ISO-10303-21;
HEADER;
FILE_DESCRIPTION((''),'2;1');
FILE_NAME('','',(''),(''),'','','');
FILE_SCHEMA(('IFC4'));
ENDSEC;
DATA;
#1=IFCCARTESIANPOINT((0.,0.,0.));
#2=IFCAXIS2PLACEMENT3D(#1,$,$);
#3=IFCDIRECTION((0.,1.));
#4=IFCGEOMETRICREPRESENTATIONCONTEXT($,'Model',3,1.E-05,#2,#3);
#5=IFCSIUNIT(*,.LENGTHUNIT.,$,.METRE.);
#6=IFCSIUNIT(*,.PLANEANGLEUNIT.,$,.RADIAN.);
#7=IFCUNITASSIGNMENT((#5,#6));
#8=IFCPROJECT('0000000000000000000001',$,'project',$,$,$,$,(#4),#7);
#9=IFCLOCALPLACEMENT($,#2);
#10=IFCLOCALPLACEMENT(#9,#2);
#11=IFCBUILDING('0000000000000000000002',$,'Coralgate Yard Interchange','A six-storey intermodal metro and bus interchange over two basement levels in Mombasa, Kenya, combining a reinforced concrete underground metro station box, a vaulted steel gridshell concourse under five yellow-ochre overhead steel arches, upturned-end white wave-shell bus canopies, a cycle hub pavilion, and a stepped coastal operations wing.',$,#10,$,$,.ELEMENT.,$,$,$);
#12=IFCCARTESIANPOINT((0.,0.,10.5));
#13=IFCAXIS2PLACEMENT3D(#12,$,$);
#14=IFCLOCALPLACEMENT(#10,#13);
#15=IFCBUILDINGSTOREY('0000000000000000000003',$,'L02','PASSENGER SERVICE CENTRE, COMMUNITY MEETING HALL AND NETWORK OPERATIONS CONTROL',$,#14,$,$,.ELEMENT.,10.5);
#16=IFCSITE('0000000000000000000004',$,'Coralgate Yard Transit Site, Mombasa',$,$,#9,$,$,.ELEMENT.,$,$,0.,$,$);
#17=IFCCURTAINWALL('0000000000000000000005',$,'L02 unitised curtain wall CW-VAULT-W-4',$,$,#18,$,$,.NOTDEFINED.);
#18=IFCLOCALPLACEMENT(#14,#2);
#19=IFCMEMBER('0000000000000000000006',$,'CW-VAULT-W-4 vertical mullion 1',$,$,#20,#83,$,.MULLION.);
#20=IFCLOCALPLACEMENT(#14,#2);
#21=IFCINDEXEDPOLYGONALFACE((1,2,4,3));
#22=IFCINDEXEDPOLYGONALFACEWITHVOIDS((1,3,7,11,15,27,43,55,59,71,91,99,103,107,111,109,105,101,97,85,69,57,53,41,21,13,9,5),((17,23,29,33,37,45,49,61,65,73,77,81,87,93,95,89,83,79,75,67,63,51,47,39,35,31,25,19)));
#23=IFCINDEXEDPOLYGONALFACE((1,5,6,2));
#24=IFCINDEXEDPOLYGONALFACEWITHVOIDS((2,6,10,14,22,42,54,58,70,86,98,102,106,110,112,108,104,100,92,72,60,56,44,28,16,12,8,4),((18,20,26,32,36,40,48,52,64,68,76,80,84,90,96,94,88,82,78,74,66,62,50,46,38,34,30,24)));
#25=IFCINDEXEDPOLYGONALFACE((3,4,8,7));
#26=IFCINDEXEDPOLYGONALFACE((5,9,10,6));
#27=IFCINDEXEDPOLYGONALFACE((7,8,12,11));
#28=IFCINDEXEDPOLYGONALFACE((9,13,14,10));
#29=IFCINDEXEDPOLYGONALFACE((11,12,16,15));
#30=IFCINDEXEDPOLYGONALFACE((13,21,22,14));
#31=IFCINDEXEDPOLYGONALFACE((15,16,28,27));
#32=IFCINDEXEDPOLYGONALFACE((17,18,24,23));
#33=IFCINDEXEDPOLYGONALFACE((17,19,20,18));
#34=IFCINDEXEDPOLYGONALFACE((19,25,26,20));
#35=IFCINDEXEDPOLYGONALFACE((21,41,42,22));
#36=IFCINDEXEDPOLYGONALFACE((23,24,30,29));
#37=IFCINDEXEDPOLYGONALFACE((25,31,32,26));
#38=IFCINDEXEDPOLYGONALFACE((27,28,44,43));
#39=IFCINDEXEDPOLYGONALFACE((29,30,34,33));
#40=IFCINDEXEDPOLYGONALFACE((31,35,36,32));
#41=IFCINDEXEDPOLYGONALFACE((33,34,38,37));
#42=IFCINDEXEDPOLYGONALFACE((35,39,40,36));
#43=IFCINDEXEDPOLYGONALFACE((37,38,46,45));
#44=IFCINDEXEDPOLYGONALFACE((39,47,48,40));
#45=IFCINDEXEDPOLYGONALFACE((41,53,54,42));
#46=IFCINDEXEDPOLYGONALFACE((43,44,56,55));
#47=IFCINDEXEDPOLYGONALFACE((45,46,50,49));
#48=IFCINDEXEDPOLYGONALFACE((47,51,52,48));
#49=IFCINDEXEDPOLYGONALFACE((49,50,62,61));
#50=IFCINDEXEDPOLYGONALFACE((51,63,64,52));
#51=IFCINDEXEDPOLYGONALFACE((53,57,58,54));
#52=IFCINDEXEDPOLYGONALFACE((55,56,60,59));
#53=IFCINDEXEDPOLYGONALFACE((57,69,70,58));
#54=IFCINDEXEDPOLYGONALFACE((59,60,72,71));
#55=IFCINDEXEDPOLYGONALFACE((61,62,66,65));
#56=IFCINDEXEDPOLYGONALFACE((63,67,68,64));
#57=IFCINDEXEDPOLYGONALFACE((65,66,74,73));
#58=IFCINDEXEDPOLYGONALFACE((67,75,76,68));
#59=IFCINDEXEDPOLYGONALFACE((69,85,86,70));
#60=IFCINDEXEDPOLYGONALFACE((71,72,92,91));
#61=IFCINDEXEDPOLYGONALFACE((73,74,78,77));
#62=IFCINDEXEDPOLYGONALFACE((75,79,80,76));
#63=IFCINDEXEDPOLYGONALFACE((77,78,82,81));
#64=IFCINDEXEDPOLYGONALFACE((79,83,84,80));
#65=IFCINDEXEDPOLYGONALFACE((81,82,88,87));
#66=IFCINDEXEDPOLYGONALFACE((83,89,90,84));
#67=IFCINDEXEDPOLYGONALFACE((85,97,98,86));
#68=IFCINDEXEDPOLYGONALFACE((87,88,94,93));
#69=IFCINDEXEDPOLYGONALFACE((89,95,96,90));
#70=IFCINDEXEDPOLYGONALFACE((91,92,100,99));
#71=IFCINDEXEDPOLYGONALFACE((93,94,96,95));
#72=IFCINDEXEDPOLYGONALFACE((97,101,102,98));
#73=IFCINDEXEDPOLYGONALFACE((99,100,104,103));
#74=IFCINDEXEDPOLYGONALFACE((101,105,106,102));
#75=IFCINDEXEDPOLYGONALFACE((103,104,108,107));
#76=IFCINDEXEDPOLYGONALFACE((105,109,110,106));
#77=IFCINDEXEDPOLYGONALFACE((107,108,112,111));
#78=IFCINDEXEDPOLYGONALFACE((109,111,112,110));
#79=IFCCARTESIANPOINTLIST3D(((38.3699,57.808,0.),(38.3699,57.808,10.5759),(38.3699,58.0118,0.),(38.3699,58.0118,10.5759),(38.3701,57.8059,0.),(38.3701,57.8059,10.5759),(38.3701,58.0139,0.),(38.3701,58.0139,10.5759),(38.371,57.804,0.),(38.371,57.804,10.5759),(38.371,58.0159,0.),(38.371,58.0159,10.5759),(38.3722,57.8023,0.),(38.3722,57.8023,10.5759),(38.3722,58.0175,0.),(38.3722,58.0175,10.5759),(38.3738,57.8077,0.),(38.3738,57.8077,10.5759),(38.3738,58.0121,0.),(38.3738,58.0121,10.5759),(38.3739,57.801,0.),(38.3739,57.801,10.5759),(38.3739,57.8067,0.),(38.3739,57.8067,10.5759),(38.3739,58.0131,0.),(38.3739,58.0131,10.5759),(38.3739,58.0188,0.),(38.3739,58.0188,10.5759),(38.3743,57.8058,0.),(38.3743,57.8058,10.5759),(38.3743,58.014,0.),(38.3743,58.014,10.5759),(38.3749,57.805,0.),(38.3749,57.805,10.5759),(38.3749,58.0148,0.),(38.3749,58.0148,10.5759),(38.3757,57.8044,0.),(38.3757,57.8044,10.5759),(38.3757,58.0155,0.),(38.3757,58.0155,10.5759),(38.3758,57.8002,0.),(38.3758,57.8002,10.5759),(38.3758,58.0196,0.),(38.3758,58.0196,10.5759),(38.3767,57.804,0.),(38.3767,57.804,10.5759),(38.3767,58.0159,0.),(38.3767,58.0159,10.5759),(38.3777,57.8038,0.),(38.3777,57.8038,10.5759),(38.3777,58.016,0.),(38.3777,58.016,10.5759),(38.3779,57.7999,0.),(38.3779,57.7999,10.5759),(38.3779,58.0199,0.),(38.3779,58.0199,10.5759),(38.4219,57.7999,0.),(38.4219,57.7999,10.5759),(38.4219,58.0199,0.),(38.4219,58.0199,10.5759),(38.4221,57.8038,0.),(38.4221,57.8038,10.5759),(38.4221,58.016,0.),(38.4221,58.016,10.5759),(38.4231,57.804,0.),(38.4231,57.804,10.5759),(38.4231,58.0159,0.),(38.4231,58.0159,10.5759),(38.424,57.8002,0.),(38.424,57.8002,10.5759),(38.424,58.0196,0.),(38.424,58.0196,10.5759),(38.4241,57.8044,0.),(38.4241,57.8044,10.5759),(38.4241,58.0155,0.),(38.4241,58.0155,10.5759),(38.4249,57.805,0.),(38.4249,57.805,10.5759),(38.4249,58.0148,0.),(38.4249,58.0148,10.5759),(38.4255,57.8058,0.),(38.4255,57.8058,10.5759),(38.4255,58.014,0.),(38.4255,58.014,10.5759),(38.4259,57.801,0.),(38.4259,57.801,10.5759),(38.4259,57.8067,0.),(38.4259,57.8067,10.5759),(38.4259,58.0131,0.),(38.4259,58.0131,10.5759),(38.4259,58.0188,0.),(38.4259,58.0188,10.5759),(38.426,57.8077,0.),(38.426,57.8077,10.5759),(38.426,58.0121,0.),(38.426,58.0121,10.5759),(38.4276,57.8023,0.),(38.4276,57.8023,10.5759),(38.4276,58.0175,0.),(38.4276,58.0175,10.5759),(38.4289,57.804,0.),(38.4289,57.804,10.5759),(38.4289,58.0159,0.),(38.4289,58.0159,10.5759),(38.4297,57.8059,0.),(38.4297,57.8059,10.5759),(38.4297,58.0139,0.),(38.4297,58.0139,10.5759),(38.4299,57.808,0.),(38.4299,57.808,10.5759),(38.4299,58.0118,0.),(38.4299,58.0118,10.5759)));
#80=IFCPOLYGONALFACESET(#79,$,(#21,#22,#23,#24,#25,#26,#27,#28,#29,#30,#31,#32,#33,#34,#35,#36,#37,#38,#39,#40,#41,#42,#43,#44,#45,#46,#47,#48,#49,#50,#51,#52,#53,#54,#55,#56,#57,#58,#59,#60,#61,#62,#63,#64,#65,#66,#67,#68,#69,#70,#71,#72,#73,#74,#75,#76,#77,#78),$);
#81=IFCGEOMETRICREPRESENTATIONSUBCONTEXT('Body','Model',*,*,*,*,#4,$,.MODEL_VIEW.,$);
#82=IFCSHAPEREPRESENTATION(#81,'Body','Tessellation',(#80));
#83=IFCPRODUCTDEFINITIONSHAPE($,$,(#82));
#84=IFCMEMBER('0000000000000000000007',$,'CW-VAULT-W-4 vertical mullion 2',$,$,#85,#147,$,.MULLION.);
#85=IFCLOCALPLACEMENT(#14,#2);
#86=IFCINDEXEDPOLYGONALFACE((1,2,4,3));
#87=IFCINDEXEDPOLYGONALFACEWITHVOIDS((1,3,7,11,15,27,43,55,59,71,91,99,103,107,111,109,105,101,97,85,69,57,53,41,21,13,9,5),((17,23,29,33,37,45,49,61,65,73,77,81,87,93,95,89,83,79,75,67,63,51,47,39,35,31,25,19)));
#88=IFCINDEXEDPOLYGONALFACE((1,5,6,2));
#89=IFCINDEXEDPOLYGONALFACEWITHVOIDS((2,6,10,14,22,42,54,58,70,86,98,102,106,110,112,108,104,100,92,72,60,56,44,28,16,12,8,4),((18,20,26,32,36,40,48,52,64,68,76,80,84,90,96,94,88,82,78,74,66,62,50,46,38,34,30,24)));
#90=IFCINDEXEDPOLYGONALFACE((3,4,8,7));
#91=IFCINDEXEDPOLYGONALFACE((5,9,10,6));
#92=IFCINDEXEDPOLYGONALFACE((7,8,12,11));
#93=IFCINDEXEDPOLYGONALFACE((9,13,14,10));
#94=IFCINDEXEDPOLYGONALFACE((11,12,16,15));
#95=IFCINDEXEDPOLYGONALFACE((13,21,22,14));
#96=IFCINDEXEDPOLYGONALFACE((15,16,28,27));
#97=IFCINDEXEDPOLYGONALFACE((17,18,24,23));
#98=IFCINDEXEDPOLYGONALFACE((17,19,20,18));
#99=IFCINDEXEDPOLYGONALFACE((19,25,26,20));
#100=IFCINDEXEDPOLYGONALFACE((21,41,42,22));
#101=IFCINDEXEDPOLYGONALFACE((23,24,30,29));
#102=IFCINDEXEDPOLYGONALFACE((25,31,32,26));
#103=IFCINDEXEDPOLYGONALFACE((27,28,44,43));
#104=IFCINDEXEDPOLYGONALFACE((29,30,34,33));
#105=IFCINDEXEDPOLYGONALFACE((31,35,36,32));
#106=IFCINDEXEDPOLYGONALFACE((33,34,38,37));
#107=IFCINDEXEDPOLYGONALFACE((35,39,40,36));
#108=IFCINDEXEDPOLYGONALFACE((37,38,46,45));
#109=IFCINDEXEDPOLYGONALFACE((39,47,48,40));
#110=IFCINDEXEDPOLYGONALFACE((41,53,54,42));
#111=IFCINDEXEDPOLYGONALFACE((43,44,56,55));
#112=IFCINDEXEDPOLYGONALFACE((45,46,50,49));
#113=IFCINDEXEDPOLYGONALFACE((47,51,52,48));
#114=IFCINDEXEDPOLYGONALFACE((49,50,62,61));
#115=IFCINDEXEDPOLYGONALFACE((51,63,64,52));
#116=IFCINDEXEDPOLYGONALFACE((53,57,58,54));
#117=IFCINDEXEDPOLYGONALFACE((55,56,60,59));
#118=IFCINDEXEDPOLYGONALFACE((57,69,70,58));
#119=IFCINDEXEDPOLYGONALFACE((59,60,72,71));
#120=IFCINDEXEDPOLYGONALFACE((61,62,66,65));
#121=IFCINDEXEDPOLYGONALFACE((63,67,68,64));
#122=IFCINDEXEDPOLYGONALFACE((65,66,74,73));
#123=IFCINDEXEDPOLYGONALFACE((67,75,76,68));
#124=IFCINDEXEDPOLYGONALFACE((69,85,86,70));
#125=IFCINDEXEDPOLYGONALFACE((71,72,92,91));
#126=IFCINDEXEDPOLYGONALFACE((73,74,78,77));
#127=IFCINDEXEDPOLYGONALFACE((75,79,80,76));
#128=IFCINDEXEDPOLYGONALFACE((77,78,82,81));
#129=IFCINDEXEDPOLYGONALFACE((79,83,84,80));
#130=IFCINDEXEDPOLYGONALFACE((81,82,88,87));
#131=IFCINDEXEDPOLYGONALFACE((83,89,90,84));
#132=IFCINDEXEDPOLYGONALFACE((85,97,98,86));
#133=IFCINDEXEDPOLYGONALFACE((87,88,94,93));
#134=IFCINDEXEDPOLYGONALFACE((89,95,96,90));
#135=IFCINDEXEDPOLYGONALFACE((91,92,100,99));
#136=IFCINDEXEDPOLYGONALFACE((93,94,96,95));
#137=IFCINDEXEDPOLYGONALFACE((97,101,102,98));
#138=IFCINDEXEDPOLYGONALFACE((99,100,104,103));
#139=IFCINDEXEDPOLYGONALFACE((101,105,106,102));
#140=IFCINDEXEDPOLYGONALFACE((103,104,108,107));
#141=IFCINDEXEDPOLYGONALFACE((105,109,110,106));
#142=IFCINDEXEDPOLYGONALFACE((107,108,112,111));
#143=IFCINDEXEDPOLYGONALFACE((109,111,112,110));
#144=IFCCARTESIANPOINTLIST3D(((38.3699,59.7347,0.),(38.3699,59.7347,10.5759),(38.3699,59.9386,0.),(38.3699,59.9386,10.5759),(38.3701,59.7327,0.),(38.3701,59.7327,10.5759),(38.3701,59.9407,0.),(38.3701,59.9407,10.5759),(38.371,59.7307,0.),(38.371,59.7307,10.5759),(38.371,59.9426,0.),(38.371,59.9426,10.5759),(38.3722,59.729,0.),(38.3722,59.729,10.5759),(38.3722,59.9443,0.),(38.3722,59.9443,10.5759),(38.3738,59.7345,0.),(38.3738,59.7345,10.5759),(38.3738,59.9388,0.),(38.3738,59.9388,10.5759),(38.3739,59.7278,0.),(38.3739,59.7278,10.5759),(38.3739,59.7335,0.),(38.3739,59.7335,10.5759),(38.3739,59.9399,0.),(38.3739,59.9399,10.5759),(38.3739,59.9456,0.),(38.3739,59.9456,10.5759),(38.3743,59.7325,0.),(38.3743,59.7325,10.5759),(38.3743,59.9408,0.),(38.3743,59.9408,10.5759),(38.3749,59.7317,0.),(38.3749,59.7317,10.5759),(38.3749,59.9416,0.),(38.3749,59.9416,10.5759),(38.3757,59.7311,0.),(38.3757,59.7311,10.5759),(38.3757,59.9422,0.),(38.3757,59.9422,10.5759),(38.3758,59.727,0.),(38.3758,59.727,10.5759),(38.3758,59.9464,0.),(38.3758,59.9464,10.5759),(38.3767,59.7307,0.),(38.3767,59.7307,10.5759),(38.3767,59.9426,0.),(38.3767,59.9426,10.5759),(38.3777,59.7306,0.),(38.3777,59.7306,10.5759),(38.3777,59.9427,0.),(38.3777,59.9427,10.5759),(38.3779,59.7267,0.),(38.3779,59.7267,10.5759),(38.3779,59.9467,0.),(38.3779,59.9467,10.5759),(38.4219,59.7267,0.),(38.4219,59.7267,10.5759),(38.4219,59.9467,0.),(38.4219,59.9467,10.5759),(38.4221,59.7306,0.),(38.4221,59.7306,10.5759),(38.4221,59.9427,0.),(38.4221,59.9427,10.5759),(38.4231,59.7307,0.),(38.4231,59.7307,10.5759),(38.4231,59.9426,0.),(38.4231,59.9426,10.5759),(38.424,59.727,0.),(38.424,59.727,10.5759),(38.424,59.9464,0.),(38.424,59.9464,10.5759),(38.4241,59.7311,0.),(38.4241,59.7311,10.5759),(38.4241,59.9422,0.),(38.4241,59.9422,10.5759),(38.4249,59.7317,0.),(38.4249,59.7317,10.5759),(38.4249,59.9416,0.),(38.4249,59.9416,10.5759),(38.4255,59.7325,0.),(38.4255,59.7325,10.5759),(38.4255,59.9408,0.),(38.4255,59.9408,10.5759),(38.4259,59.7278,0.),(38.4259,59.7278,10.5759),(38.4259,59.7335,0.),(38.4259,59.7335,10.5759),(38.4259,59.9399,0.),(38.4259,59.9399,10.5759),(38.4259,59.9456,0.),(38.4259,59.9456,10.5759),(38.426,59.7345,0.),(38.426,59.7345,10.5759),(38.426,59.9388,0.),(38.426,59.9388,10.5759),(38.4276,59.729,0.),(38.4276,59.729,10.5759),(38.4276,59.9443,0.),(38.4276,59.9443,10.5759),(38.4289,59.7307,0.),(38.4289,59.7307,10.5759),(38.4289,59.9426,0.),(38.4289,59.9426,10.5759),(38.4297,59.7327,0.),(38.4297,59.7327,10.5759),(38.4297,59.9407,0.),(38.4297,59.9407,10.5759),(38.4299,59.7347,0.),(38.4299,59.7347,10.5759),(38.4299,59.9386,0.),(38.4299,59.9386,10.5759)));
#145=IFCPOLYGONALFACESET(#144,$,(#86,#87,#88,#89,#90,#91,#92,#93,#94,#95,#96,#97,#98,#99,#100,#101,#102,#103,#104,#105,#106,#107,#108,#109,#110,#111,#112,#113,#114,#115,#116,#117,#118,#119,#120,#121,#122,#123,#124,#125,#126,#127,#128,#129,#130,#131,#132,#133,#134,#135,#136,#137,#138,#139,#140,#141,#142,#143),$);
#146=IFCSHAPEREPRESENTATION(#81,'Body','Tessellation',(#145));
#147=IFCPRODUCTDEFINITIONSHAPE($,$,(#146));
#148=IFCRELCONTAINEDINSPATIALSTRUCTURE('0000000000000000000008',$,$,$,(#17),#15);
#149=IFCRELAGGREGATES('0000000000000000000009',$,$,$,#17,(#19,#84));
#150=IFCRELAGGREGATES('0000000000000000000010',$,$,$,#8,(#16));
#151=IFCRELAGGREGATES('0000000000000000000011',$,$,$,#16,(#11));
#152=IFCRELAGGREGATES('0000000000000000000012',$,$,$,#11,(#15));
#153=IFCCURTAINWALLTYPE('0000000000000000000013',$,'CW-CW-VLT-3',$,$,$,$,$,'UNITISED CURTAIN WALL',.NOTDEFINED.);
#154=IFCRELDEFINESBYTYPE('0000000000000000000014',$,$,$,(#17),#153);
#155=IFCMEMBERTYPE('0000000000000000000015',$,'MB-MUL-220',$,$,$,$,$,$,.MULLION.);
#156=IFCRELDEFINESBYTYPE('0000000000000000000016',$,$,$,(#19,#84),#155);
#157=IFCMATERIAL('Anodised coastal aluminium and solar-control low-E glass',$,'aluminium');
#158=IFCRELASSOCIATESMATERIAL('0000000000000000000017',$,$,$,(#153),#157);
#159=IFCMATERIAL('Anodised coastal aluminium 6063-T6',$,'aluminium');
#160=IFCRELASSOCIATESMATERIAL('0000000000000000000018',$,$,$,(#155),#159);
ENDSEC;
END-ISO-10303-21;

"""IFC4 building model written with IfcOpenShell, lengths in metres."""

from ifc_helpers import new_model, si_unit, direction, frame, origin, origin_2d, place, context, subcontext, project, spatial, hollow_rectangle, extrude, material, material_profile, profile_set, type_object, element, aggregate, save


model = new_model("IFC4")

# Units and contexts
model_context = context("Model", 3, precision=1e-05, world=origin(), true_north=direction((0.0, 1.0)))
body_context = subcontext(model_context, "Body", "Model", "MODEL_VIEW")
ifc_project = project(units=[si_unit("LENGTHUNIT", "METRE"), si_unit("PLANEANGLEUNIT", "RADIAN")], contexts=[model_context])

# Site, building, storey
site_placement = place(None, origin())
site = spatial("IfcSite", under=ifc_project, at=site_placement, Name="Coralgate Yard Transit Site, Mombasa", CompositionType="ELEMENT", RefElevation=0.0)
building_placement = place(site_placement, origin())
building = spatial("IfcBuilding", under=site, at=building_placement, Name="Coralgate Yard Interchange", Description="A six-storey intermodal metro and bus interchange over two basement levels in Mombasa, Kenya, combining a reinforced concrete underground metro station box, a vaulted steel gridshell concourse under five yellow-ochre overhead steel arches, upturned-end white wave-shell bus canopies, a cycle hub pavilion, and a stepped coastal operations wing.", CompositionType="ELEMENT")
storey_placement = place(building_placement, frame((0.0, 0.0, 10.5)))
storey = spatial("IfcBuildingStorey", under=building, at=storey_placement, Name="L02", Description="PASSENGER SERVICE CENTRE, COMMUNITY MEETING HALL AND NETWORK OPERATIONS CONTROL", CompositionType="ELEMENT", Elevation=10.5)

# Curtain wall, members
ifc_material_1 = material(Name="Anodised coastal aluminium and solar-control low-E glass", Category="aluminium")
curtain_wall_type = type_object("IfcCurtainWallType", Name="CW-CW-VLT-3", ElementType="UNITISED CURTAIN WALL", PredefinedType="NOTDEFINED", material=ifc_material_1)
ifc_material_2 = material(Name="Anodised coastal aluminium 6063-T6", Category="aluminium")
ifc_material_profile_1 = material_profile(ifc_material_2, hollow_rectangle(XDim=0.0601, YDim=0.22, WallThickness=0.0039, InnerFilletRadius=0.0039, OuterFilletRadius=0.0081, at=origin_2d()), Name="ALU 60x220x4")
ifc_profile_set_1 = profile_set([ifc_material_profile_1], Name="Anodised coastal aluminium 6063-T6")
member_type_1 = type_object("IfcMemberType", Name="MB-MUL-220", PredefinedType="MULLION", material=ifc_profile_set_1)
curtain_wall_1_placement = place(storey_placement, origin())
curtain_wall_1 = element("IfcCurtainWall", 1, at=curtain_wall_1_placement, inside=storey, type_object=curtain_wall_type, Name="L02 unitised curtain wall CW-VAULT-W-4", PredefinedType="NOTDEFINED")
member_1_placement = place(storey_placement, frame((38.3999, 57.9099, 0.0), z_axis=(0.0, 0.0, 1.0), x_axis=(1.0, 0.0, 0.0)))
member_1 = element("IfcMember", 2, at=member_1_placement, type_object=member_type_1, Name="CW-VAULT-W-4 vertical mullion 1", PredefinedType="MULLION", context=body_context, shape_type="SweptSolid", body=[
    extrude(hollow_rectangle(XDim=0.0601, YDim=0.22, WallThickness=0.0039, InnerFilletRadius=0.0039, OuterFilletRadius=0.0081, at=origin_2d()), origin(), (0.0, 0.0, 1.0), 10.5759),
])
member_2_placement = place(storey_placement, frame((38.3999, 59.8367, 0.0), z_axis=(0.0, 0.0, 1.0), x_axis=(1.0, 0.0, 0.0)))
member_2 = element("IfcMember", 3, at=member_2_placement, type_object=member_type_1, Name="CW-VAULT-W-4 vertical mullion 2", PredefinedType="MULLION", context=body_context, shape_type="SweptSolid", body=[
    extrude(hollow_rectangle(XDim=0.0601, YDim=0.22, WallThickness=0.0039, InnerFilletRadius=0.0039, OuterFilletRadius=0.0081, at=origin_2d()), origin(), (0.0, 0.0, 1.0), 10.5759),
])

aggregate(curtain_wall_1, [member_1, member_2])

save(model, "model.ifc")
